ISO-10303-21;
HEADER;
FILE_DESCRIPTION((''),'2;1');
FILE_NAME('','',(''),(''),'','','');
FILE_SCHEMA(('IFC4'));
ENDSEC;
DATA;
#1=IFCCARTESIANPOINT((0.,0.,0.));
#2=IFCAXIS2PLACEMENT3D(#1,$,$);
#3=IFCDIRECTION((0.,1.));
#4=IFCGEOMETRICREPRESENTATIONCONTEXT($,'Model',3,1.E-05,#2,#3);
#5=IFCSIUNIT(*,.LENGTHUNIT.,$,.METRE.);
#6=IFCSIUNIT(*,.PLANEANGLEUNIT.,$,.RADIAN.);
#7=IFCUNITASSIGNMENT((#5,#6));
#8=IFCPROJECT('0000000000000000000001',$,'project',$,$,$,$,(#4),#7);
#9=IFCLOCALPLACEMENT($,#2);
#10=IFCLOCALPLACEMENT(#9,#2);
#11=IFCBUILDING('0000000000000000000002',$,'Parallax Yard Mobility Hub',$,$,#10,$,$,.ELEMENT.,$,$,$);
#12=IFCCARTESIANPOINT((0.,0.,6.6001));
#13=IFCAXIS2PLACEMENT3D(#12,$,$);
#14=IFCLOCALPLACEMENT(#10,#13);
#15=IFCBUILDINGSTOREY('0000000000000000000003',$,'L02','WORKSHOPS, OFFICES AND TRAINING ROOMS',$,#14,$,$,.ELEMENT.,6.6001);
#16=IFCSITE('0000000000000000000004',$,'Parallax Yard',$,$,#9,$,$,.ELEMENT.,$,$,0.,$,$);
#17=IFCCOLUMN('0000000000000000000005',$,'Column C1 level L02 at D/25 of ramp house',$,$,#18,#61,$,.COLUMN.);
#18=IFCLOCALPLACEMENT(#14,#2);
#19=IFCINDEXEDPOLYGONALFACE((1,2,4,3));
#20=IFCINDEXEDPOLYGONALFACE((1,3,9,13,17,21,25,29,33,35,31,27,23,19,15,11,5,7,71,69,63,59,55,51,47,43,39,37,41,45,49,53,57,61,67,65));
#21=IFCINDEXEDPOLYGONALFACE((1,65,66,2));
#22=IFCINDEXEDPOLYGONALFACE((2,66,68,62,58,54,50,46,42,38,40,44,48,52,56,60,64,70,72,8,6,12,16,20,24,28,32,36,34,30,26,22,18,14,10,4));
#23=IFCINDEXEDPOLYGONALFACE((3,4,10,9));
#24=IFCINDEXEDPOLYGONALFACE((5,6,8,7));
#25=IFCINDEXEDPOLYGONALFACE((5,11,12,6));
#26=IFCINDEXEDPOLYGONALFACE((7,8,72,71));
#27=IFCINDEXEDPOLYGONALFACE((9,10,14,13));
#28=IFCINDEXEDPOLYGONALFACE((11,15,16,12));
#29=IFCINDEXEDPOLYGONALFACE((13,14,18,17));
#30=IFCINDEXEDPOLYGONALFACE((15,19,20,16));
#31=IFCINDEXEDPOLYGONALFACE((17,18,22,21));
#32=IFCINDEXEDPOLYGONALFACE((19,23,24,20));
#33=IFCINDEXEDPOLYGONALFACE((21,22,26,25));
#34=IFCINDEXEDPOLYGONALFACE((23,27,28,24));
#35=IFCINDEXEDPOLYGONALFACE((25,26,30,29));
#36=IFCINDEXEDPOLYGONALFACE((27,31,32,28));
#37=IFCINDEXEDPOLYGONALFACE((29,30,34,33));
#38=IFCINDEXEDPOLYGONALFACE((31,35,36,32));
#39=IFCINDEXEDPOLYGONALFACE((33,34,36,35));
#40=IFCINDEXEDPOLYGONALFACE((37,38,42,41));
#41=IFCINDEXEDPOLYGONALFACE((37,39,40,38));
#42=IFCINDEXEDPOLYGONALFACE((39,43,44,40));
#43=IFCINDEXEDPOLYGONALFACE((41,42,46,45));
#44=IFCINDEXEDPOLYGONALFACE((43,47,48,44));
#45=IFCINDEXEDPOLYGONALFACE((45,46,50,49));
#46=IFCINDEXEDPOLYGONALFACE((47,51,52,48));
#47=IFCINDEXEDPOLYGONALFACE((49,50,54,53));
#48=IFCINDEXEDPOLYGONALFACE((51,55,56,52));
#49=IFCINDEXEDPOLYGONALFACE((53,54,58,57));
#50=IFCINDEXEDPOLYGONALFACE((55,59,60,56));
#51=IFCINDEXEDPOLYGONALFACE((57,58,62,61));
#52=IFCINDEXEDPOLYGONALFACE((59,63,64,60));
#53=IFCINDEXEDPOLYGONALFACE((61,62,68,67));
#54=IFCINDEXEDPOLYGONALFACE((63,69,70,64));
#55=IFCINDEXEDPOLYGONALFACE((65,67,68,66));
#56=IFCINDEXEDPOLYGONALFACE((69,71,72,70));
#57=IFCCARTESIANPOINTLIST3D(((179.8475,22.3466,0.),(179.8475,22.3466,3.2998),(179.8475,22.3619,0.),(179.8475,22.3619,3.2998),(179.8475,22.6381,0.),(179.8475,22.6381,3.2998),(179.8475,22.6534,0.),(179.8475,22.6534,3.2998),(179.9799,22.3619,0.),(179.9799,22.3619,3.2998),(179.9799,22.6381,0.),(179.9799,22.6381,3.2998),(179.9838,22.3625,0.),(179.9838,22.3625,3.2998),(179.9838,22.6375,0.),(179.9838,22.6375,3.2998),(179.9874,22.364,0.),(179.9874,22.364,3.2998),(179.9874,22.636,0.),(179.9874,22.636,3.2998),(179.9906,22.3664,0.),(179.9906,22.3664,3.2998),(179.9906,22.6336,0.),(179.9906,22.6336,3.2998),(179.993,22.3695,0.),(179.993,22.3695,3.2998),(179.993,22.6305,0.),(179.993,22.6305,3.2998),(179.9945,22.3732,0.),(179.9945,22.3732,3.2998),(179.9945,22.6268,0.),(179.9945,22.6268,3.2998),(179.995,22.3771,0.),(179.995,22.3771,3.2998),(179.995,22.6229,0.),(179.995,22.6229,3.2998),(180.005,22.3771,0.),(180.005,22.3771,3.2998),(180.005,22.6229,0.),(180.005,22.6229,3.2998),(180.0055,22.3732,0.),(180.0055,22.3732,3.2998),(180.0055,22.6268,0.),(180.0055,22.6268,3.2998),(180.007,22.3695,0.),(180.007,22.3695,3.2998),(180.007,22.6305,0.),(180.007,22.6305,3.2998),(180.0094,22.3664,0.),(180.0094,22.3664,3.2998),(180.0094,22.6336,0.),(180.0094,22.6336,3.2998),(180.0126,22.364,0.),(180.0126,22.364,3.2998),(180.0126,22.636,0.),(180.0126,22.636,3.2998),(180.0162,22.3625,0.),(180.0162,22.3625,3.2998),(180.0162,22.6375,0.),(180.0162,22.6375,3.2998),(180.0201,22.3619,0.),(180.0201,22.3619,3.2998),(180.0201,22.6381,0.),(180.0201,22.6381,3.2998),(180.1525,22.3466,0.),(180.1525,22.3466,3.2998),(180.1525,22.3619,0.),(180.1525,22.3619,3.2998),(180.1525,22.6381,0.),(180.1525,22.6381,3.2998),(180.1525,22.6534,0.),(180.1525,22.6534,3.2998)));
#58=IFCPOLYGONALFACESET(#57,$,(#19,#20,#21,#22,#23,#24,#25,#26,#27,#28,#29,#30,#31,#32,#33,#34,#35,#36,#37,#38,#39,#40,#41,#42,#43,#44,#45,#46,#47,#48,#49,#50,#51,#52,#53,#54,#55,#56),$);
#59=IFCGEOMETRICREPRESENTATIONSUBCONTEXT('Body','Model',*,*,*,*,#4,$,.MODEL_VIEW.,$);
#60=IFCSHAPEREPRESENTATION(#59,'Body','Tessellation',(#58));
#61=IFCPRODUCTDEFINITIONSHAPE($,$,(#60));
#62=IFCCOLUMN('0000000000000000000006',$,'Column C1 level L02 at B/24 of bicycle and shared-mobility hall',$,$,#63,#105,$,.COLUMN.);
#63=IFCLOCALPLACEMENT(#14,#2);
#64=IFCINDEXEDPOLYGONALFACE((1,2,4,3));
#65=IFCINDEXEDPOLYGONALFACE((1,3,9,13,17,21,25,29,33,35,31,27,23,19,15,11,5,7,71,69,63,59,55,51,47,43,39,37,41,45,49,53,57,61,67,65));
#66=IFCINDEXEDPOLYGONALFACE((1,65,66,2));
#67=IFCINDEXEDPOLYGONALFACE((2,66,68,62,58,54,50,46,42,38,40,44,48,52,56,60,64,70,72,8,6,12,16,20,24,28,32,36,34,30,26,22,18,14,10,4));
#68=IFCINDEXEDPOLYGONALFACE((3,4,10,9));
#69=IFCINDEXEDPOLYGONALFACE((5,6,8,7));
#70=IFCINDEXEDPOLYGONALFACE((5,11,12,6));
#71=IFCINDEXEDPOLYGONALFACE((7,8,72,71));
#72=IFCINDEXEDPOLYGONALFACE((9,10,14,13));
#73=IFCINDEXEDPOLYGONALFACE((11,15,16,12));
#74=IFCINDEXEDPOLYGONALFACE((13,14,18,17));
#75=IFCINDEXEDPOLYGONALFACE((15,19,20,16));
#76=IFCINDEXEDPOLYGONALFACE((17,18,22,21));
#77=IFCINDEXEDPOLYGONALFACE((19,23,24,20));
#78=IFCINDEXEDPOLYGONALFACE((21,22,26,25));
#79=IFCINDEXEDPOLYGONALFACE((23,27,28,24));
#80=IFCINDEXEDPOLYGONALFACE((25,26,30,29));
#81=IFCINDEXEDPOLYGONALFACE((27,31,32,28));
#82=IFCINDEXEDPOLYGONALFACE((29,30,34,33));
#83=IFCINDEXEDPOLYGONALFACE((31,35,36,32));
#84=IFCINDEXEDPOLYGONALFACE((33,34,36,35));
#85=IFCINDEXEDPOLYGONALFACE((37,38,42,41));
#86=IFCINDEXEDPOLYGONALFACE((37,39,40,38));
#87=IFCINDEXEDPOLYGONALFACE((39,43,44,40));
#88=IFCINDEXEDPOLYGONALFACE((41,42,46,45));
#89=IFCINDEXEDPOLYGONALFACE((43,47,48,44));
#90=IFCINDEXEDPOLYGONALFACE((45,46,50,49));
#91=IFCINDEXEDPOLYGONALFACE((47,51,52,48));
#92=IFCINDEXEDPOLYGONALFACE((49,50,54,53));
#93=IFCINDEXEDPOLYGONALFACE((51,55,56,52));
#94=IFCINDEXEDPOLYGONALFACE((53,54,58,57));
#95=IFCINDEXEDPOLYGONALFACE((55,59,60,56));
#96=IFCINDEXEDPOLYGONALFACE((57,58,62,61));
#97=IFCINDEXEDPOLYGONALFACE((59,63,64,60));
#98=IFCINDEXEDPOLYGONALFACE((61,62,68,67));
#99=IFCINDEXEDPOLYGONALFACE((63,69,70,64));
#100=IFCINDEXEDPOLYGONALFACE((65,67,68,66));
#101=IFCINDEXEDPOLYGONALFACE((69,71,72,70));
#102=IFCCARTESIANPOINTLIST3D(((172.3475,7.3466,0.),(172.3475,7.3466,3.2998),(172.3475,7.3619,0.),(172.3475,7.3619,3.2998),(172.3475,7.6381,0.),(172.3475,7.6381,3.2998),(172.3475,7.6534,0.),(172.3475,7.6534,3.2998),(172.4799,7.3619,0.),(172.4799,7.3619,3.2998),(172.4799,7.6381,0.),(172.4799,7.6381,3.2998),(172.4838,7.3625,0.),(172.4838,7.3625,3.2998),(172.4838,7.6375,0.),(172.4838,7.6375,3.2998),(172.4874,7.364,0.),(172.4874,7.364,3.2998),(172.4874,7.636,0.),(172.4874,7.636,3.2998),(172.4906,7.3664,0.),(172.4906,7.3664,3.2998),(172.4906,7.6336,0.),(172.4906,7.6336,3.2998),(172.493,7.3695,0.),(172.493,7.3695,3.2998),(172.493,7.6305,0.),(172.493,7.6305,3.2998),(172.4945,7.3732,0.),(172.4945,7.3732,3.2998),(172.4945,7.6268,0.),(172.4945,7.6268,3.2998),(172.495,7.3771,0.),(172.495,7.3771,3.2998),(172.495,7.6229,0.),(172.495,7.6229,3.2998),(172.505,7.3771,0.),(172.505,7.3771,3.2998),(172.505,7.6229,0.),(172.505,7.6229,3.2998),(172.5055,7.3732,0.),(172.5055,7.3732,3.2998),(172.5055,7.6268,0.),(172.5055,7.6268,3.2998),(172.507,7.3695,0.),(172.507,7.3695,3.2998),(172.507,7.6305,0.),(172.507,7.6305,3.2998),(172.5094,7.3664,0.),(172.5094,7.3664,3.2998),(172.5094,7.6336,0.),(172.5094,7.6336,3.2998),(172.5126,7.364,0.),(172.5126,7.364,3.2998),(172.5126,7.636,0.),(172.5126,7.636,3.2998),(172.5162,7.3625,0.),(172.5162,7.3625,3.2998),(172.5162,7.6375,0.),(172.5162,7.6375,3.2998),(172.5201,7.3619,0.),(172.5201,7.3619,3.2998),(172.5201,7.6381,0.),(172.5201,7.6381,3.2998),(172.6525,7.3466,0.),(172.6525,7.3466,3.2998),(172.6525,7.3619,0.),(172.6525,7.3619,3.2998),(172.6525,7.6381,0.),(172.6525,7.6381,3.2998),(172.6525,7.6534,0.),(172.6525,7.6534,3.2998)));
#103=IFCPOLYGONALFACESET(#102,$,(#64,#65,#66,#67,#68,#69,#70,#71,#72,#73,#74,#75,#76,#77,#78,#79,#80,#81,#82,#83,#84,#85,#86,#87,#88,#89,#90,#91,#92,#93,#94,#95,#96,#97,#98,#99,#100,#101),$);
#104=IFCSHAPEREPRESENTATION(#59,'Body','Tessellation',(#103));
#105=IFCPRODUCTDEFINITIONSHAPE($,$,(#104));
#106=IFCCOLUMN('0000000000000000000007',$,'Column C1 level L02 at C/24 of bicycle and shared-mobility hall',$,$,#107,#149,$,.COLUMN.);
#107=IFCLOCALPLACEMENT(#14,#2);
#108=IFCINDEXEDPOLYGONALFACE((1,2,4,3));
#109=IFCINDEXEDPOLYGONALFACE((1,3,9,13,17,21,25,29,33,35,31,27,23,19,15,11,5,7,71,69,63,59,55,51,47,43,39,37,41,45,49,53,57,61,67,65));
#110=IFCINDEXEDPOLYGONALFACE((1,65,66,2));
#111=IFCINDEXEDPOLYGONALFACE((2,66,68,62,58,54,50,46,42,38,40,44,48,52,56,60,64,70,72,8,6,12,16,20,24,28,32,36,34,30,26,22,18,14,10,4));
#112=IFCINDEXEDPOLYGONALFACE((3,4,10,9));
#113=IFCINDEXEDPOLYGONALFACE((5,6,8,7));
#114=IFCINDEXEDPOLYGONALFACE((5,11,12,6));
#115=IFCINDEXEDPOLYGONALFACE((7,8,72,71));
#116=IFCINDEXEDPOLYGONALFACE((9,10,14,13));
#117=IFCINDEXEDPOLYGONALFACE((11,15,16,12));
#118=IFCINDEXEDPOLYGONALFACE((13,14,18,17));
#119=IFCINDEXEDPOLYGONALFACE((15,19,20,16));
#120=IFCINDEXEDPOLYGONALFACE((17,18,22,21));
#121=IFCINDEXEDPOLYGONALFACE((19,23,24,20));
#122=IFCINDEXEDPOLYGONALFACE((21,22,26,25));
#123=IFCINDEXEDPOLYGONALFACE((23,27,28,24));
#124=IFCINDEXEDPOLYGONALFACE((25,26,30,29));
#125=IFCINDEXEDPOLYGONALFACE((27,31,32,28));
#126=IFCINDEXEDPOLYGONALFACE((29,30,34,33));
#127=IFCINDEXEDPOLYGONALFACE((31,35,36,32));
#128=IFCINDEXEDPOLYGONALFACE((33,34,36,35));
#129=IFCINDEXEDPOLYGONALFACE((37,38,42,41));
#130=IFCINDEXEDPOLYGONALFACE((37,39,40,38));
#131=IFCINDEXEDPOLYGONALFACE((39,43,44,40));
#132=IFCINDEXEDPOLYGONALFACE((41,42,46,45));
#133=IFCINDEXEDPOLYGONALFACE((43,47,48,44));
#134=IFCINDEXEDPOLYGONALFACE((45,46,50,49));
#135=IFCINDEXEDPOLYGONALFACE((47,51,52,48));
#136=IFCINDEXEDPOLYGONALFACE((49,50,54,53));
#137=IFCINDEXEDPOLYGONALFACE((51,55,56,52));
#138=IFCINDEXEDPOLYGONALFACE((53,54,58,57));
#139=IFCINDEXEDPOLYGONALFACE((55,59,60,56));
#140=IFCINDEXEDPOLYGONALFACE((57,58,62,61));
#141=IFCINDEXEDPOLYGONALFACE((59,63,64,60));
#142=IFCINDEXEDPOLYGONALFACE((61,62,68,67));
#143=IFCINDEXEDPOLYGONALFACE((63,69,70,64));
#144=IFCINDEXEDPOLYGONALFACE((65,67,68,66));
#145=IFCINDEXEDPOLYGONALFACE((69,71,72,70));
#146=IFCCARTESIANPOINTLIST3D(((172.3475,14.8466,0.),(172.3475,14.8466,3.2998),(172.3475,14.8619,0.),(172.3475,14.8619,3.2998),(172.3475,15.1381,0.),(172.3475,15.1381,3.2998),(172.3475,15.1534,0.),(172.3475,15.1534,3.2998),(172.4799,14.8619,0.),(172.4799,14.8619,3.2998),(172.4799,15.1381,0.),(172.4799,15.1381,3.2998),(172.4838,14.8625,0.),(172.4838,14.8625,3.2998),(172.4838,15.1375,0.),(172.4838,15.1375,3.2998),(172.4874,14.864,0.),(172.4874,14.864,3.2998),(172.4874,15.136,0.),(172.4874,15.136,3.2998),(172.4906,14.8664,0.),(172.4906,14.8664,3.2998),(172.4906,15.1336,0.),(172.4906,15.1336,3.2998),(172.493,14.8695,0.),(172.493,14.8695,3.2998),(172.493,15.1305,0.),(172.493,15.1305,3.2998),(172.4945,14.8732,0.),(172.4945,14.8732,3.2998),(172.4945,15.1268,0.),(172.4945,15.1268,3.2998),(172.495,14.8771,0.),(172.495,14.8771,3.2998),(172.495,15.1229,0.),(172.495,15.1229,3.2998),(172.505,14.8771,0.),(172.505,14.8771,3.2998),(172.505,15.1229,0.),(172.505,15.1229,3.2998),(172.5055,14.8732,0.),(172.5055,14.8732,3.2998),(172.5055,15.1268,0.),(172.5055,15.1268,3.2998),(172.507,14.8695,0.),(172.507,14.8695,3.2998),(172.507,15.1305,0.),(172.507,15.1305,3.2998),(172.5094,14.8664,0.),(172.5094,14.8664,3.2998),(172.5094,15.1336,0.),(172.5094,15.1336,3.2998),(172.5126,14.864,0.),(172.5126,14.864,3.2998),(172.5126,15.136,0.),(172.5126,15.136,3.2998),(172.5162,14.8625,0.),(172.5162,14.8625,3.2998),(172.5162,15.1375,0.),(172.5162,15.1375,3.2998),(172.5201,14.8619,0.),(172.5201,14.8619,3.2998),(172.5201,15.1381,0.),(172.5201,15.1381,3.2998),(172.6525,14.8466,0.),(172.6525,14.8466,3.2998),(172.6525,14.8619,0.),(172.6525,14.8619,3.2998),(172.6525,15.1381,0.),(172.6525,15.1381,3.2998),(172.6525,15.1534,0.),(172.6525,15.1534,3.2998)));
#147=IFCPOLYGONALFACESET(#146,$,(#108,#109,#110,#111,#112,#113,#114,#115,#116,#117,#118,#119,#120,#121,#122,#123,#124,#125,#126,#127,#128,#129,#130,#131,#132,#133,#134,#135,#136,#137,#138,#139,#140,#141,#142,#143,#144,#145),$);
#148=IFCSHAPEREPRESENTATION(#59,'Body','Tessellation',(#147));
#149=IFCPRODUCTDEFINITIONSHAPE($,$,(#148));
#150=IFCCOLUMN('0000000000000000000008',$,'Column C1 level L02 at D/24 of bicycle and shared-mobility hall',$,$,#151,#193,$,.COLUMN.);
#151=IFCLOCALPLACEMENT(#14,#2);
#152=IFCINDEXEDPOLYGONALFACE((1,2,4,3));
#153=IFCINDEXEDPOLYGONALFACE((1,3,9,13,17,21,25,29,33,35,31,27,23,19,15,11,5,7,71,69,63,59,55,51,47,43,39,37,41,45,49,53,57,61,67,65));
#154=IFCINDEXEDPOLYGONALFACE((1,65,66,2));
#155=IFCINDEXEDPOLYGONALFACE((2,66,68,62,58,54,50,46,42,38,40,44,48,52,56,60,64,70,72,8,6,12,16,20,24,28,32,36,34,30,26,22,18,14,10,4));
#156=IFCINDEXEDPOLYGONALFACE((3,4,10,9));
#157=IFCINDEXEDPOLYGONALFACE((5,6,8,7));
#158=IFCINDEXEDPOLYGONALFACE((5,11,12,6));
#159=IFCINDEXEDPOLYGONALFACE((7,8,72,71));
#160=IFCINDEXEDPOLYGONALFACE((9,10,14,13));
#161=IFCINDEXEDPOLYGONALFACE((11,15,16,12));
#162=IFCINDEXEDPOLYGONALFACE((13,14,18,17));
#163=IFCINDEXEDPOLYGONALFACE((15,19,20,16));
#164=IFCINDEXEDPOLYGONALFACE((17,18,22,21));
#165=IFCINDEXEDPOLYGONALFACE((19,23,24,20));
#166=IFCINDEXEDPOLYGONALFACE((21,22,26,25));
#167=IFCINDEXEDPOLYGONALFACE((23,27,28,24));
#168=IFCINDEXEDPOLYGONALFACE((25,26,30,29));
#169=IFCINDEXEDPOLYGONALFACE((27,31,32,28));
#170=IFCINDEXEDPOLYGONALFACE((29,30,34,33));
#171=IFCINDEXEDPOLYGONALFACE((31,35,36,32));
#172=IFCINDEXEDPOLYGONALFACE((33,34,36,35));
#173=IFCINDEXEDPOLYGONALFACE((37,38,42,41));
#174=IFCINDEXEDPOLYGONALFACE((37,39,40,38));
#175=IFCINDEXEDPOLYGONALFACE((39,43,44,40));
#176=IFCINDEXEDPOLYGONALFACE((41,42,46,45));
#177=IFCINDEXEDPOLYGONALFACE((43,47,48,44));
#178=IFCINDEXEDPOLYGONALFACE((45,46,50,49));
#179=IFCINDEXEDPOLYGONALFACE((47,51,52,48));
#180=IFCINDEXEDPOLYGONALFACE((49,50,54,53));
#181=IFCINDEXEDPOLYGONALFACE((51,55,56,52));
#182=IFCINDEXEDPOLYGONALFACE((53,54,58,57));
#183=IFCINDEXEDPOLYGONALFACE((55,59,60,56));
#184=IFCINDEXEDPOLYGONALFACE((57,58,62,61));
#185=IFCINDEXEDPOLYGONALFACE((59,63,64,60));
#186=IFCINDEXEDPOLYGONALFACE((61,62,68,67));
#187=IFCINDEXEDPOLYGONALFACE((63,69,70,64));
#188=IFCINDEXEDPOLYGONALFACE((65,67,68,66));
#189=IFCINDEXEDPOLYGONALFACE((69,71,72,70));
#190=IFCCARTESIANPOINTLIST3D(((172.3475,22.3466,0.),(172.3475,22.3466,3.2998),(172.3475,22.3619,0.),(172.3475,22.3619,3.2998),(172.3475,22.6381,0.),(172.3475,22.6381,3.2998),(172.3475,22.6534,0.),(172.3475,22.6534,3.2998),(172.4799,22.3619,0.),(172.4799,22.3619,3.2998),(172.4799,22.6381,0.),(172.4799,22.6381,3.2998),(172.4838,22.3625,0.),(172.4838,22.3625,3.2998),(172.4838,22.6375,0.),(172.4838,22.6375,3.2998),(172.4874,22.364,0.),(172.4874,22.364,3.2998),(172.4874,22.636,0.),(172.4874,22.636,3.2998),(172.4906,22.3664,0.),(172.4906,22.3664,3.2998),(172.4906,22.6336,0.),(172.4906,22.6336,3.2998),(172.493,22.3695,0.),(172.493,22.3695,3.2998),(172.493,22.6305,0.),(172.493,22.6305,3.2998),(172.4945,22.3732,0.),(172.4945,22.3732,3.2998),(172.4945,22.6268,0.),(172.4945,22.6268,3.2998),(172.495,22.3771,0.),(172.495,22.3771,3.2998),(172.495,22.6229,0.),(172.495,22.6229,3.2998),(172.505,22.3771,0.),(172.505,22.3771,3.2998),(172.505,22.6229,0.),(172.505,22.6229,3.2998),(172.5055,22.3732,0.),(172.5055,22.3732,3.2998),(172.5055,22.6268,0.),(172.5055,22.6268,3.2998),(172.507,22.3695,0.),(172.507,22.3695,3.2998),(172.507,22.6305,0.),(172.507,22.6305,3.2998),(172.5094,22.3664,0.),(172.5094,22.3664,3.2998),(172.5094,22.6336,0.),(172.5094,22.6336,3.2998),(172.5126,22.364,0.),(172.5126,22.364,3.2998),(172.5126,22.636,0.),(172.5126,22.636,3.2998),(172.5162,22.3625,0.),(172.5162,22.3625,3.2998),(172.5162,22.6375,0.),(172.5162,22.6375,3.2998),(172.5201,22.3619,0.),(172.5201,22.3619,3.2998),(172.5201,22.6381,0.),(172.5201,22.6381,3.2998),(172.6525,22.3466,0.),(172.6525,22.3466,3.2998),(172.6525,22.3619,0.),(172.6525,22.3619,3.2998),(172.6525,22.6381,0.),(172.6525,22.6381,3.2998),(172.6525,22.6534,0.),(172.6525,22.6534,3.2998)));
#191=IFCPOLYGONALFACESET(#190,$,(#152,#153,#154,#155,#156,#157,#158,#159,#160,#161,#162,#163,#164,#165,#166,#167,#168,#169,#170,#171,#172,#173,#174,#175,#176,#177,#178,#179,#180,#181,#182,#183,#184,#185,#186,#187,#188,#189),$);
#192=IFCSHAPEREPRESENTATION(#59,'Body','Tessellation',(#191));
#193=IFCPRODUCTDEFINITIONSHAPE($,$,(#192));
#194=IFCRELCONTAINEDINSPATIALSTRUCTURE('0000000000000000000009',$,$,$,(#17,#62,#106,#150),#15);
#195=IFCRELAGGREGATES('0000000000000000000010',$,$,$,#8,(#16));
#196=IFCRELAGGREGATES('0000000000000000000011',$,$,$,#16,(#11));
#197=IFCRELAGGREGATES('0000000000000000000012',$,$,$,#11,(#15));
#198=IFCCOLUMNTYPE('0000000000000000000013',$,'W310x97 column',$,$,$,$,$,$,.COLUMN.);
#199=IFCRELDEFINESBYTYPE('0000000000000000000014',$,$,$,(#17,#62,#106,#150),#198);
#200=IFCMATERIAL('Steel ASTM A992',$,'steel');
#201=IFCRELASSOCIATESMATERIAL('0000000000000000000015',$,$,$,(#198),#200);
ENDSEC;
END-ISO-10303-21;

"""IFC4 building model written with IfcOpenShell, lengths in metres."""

from ifc_helpers import new_model, si_unit, direction, frame, origin, origin_2d, place, context, subcontext, project, spatial, i_section, extrude, material, material_profile, profile_set, type_object, element, save


model = new_model("IFC4")

# Units and contexts
model_context = context("Model", 3, precision=1e-05, world=origin(), true_north=direction((0.0, 1.0)))
body_context = subcontext(model_context, "Body", "Model", "MODEL_VIEW")
ifc_project = project(units=[si_unit("LENGTHUNIT", "METRE"), si_unit("PLANEANGLEUNIT", "RADIAN")], contexts=[model_context])

# Site, building, storey
site_placement = place(None, origin())
site = spatial("IfcSite", under=ifc_project, at=site_placement, Name="Parallax Yard", CompositionType="ELEMENT", RefElevation=0.0)
building_placement = place(site_placement, origin())
building = spatial("IfcBuilding", under=site, at=building_placement, Name="Parallax Yard Mobility Hub", CompositionType="ELEMENT")
storey_placement = place(building_placement, frame((0.0, 0.0, 6.6001)))
storey = spatial("IfcBuildingStorey", under=building, at=storey_placement, Name="L02", Description="WORKSHOPS, OFFICES AND TRAINING ROOMS", CompositionType="ELEMENT", Elevation=6.6001)

# Columns
ifc_material_1 = material(Name="Steel ASTM A992", Category="steel")
ifc_material_profile_1 = material_profile(ifc_material_1, i_section(OverallWidth=0.3049, OverallDepth=0.3069, WebThickness=0.01, FlangeThickness=0.0154, FilletRadius=0.0151, at=origin_2d()), Name="W310x97")
ifc_profile_set_1 = profile_set([ifc_material_profile_1], Name="Steel ASTM A992")
column_type = type_object("IfcColumnType", Name="W310x97 column", PredefinedType="COLUMN", material=ifc_profile_set_1)
for number, where, z_axis, x_axis, name in (
    (1, (180.0, 22.5, 0.0), (0.0, 0.0, 1.0), (1.0, 0.0, 0.0), "Column C1 level L02 at D/25 of ramp house"),
    (2, (172.5, 7.5, 0.0), (0.0, 0.0, 1.0), (1.0, 0.0, 0.0), "Column C1 level L02 at B/24 of bicycle and shared-mobility hall"),
    (3, (172.5, 15.0, 0.0), (0.0, 0.0, 1.0), (1.0, 0.0, 0.0), "Column C1 level L02 at C/24 of bicycle and shared-mobility hall"),
    (4, (172.5, 22.5, 0.0), (0.0, 0.0, 1.0), (1.0, 0.0, 0.0), "Column C1 level L02 at D/24 of bicycle and shared-mobility hall"),
):
    element("IfcColumn", number, at=place(storey_placement, frame(where, z_axis=z_axis, x_axis=x_axis)), inside=storey, type_object=column_type, Name=name, PredefinedType="COLUMN", context=body_context, shape_type="SweptSolid", body=[
        extrude(i_section(OverallWidth=0.3049, OverallDepth=0.3069, WebThickness=0.01, FlangeThickness=0.0154, FilletRadius=0.0151, at=origin_2d()), origin(), (0.0, 0.0, 1.0), 3.2998),
    ])

save(model, "model.ifc")
